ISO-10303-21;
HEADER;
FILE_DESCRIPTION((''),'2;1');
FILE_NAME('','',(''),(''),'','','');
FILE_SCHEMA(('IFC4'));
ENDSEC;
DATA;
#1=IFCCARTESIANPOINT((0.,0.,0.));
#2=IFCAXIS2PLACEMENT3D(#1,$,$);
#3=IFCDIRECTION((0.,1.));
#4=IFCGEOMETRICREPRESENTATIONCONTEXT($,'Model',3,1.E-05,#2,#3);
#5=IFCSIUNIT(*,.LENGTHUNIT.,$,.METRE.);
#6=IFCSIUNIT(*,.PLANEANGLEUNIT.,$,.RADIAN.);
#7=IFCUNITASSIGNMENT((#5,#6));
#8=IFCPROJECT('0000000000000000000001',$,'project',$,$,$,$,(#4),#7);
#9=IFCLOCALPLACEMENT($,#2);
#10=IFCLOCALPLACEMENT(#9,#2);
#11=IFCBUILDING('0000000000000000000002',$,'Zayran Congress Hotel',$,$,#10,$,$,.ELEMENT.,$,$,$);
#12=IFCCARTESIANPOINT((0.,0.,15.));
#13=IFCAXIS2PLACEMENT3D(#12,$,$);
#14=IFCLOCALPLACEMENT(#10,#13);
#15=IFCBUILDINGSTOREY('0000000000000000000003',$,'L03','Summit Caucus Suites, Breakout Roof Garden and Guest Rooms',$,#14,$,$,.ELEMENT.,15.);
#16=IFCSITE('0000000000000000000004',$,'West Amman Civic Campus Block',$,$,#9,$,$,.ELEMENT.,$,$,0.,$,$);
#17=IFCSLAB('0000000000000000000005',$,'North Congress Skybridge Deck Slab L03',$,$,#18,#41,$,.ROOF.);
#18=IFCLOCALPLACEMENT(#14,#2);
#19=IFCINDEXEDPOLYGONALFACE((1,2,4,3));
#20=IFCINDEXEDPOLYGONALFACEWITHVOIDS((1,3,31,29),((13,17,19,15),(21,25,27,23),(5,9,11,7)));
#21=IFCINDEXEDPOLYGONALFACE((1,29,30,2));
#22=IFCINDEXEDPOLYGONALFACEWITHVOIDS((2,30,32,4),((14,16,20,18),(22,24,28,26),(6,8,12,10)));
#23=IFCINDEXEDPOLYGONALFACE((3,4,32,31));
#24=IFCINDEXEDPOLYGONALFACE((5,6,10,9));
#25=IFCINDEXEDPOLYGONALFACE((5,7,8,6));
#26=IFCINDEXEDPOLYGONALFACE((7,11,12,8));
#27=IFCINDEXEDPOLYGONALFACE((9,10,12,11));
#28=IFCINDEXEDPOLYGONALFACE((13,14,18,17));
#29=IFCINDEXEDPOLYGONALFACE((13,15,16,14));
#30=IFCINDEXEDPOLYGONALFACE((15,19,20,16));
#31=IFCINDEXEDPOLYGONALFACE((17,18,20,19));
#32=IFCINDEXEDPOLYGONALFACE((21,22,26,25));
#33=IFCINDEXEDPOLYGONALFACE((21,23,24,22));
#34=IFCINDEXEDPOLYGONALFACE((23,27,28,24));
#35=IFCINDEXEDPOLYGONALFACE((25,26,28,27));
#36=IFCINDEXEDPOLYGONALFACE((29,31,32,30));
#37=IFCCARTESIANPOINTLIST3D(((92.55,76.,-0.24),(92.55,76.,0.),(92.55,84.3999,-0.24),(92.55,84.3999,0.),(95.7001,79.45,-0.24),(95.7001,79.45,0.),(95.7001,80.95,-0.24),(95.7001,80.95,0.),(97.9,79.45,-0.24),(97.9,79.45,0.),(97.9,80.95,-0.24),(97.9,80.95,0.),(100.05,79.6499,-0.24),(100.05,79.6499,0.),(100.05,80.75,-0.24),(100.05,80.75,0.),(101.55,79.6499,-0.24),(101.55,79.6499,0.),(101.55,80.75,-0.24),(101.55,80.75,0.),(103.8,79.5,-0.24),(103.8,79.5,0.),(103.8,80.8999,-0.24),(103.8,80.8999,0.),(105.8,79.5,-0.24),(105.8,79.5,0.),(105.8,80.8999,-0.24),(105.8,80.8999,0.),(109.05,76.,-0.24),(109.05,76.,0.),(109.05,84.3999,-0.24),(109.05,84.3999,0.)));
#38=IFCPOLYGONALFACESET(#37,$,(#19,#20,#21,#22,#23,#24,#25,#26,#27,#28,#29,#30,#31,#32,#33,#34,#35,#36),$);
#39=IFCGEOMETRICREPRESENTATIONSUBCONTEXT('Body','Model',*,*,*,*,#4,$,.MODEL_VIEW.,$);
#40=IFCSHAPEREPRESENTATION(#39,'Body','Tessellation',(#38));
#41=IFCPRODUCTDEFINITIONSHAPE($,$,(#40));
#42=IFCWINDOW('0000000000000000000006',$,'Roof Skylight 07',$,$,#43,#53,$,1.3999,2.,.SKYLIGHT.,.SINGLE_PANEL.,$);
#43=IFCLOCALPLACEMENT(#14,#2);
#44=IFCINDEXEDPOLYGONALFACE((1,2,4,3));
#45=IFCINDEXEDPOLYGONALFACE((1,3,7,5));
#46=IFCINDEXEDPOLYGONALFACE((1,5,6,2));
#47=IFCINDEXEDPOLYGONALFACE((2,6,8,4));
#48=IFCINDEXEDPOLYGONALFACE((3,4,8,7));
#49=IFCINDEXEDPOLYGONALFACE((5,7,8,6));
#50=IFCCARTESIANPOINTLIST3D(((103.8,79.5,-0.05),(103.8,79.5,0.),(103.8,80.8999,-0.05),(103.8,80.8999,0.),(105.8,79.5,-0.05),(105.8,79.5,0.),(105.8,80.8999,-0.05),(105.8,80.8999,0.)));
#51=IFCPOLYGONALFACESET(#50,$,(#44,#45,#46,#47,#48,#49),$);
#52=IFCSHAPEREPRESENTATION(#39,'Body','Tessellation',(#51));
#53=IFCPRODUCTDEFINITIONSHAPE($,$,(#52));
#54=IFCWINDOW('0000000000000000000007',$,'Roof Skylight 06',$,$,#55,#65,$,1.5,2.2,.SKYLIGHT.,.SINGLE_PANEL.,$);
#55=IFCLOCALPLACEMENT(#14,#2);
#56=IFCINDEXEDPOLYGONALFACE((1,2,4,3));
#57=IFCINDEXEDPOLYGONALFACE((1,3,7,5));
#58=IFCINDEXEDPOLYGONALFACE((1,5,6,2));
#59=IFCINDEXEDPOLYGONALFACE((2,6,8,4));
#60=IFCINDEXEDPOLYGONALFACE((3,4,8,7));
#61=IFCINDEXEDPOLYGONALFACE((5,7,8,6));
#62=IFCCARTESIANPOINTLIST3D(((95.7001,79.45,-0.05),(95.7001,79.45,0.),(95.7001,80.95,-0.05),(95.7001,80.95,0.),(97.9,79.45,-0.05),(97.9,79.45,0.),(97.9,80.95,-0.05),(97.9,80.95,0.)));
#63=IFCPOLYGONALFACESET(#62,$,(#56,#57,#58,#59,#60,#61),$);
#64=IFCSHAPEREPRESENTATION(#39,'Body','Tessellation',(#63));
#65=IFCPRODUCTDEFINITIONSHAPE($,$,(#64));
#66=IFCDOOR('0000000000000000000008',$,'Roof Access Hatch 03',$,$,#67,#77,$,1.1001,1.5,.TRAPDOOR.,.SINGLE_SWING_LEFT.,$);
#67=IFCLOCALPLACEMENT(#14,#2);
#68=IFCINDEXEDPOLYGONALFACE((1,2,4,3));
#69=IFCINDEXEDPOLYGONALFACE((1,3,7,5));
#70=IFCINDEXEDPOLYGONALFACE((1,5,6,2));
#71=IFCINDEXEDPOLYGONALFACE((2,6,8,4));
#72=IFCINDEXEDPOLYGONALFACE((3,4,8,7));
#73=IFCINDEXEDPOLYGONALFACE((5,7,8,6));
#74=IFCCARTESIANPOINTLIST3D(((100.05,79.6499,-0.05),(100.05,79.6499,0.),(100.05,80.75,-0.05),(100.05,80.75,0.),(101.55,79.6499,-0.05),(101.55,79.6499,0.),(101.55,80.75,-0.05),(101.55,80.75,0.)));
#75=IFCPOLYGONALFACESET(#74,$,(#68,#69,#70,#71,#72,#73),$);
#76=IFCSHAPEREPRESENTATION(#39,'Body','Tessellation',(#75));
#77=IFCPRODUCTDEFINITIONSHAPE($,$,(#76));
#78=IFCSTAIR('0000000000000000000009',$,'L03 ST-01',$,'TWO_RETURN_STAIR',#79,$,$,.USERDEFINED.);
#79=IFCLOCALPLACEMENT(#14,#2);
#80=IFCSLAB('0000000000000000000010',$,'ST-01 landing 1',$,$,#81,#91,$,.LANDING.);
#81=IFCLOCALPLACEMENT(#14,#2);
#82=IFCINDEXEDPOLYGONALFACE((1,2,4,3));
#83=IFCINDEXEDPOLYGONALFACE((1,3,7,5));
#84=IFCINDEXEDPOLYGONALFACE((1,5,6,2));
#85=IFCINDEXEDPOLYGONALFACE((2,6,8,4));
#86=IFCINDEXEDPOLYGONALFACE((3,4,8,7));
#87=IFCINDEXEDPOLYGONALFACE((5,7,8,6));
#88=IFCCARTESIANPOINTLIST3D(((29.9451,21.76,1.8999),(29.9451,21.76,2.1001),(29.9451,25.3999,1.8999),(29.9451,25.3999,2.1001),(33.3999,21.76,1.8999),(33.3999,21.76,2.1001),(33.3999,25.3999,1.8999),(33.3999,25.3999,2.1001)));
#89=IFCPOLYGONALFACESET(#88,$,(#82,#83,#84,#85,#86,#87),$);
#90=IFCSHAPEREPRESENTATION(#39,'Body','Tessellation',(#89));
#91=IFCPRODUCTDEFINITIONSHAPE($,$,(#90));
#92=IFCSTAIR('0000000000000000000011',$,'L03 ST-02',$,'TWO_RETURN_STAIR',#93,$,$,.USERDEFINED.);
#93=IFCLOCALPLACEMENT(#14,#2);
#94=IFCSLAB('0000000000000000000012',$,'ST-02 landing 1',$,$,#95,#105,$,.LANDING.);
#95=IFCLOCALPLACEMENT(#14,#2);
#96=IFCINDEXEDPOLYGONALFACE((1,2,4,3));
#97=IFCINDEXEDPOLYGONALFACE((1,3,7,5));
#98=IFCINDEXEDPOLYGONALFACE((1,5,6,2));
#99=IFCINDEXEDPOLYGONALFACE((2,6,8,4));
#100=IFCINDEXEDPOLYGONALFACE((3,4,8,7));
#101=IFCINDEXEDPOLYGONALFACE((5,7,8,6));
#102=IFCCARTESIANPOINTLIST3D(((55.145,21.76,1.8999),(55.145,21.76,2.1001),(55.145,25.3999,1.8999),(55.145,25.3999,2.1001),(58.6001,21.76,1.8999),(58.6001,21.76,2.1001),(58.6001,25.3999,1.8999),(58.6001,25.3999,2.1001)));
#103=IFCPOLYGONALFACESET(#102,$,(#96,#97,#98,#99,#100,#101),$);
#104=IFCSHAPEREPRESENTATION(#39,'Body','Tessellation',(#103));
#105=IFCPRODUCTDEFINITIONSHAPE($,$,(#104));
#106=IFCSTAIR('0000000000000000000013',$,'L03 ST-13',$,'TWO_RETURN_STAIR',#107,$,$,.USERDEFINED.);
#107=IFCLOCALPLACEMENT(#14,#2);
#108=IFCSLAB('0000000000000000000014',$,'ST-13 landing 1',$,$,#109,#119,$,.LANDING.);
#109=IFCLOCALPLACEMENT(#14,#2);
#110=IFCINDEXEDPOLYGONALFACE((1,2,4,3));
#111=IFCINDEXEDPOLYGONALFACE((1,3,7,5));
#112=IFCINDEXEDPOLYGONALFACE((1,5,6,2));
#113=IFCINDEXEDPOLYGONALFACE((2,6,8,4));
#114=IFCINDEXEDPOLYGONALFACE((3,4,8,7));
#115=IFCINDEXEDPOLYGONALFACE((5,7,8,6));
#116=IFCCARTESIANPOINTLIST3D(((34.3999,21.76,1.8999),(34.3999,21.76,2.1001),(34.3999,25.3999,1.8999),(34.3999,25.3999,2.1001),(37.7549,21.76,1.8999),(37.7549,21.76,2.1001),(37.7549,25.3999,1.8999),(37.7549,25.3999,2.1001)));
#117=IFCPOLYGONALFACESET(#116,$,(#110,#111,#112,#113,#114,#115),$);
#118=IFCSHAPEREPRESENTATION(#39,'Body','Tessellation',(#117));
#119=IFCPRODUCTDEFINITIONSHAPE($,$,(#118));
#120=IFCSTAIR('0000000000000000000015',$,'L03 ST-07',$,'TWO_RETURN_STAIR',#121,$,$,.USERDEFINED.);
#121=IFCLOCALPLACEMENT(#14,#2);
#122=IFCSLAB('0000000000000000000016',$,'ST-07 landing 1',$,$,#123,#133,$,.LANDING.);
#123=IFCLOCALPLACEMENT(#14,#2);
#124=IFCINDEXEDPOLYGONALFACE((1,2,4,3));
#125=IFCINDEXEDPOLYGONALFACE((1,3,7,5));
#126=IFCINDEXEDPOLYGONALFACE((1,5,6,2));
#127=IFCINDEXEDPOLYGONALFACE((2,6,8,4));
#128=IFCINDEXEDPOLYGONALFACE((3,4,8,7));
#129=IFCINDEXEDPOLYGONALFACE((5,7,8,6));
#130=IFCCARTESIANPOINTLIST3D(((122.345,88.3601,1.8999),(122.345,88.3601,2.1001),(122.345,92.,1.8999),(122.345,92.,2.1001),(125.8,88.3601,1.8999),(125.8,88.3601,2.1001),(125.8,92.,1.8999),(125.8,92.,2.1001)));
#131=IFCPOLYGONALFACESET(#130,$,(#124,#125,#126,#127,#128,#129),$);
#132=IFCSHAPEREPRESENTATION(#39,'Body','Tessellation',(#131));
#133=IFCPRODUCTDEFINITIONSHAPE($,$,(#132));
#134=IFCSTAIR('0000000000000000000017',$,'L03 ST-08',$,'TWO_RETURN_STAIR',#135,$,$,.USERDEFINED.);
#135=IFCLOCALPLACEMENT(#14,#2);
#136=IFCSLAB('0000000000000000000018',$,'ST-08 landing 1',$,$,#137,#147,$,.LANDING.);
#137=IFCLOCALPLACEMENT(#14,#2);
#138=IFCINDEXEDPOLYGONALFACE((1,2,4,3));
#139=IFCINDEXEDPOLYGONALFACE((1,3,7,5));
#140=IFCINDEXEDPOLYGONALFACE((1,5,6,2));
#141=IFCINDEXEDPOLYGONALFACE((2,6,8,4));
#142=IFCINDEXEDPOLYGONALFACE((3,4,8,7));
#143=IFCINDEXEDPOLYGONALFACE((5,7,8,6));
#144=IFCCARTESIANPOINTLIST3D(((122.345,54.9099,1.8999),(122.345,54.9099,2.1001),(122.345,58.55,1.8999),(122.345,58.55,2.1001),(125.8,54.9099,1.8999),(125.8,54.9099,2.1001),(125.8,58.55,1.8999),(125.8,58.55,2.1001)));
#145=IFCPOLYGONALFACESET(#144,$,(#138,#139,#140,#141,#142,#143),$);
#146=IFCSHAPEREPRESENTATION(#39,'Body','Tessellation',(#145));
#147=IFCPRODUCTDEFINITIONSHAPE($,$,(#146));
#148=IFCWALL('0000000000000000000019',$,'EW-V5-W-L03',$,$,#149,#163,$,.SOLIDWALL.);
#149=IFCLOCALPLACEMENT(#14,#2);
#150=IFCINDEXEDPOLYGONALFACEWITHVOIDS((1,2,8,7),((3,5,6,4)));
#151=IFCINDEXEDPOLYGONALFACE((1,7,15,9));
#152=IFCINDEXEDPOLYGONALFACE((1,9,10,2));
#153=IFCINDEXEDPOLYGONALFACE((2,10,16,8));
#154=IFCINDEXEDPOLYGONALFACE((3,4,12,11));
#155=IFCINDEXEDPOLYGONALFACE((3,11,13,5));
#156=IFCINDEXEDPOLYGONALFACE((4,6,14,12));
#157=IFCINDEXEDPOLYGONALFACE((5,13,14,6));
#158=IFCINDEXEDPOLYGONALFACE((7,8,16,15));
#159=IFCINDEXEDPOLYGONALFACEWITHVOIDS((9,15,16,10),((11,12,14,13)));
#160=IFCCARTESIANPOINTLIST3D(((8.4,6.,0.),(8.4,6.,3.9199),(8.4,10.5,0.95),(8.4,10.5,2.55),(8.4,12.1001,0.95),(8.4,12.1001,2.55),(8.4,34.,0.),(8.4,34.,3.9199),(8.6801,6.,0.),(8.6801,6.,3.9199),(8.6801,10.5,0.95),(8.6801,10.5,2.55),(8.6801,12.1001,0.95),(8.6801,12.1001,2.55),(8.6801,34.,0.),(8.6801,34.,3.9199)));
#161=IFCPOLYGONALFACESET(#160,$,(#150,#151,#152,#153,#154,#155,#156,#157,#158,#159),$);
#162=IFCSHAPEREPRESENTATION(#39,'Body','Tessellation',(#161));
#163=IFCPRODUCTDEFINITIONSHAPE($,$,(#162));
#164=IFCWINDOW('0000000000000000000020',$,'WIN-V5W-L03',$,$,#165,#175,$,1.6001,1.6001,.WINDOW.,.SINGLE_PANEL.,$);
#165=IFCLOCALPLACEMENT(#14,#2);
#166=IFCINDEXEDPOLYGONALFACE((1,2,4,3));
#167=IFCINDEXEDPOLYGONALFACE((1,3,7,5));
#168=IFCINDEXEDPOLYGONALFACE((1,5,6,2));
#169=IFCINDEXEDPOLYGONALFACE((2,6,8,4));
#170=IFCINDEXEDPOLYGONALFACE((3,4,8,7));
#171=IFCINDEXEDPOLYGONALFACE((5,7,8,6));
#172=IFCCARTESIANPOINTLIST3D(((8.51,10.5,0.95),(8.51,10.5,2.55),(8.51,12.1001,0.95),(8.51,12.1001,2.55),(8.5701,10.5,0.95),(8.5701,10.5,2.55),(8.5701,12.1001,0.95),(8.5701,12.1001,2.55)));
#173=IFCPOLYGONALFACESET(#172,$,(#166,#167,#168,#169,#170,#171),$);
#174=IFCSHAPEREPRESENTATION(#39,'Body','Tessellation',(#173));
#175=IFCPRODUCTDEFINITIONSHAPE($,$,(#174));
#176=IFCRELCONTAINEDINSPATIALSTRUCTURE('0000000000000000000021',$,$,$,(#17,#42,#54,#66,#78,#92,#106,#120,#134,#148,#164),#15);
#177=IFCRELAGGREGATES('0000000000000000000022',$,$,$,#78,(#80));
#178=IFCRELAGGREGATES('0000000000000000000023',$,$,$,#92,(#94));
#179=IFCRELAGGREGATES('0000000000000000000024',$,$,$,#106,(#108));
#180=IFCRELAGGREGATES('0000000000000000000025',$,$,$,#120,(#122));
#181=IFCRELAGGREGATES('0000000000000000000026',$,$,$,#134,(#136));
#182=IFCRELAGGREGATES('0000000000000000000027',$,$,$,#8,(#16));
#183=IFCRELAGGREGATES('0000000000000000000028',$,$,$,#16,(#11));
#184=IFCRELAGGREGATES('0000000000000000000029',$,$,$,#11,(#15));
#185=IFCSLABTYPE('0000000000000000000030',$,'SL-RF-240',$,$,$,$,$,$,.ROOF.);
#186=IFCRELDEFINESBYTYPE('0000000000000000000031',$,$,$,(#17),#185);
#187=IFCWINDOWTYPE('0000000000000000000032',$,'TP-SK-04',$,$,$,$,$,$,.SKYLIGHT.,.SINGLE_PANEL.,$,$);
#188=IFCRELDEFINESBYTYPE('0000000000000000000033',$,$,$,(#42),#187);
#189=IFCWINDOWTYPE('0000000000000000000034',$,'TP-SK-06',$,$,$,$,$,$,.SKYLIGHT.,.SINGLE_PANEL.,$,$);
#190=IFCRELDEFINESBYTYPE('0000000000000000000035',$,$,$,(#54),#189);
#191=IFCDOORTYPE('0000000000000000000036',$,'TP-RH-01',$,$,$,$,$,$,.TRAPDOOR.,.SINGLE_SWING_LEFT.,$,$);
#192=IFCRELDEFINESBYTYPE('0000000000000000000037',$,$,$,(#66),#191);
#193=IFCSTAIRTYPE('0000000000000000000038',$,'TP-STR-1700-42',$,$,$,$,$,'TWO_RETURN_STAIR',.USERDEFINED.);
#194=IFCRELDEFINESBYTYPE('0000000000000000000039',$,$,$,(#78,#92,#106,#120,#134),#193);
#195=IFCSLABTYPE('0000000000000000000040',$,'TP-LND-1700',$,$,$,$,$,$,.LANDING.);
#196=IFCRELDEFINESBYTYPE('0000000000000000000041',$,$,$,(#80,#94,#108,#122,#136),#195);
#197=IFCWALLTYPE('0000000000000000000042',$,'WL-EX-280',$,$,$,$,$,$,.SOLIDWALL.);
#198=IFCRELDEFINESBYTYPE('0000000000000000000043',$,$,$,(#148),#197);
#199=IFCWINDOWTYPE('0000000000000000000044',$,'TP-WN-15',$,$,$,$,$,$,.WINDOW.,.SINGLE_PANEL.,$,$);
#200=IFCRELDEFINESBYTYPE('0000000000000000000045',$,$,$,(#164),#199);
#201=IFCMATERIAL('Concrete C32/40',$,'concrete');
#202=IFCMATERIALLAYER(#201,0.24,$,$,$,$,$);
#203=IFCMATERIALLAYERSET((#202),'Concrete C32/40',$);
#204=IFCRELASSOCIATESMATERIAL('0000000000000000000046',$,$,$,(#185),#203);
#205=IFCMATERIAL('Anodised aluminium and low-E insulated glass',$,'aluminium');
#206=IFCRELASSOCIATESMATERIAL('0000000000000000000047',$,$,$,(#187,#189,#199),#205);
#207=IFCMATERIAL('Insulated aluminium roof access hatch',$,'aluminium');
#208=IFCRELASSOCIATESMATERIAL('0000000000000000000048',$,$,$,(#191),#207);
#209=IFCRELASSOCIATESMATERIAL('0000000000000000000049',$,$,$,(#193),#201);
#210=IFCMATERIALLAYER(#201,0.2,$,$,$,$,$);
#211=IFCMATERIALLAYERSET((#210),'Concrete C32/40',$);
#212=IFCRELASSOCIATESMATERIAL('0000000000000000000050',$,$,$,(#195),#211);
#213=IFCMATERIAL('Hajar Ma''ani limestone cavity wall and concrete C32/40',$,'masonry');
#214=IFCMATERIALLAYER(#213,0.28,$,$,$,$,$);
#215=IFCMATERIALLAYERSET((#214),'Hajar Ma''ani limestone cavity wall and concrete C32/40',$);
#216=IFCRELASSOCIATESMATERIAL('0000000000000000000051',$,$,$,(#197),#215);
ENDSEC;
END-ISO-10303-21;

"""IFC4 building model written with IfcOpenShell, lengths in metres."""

from ifc_helpers import new_model, si_unit, direction, frame, frame_2d, origin, origin_2d, place, context, subcontext, project, spatial, polyline, rectangle, outline, extrude, material, layer, layer_set, type_object, element, fill, aggregate, save


model = new_model("IFC4")

# Units and contexts
model_context = context("Model", 3, precision=1e-05, world=origin(), true_north=direction((0.0, 1.0)))
body_context = subcontext(model_context, "Body", "Model", "MODEL_VIEW")
ifc_project = project(units=[si_unit("LENGTHUNIT", "METRE"), si_unit("PLANEANGLEUNIT", "RADIAN")], contexts=[model_context])

# Site, building, storey
site_placement = place(None, origin())
site = spatial("IfcSite", under=ifc_project, at=site_placement, Name="West Amman Civic Campus Block", CompositionType="ELEMENT", RefElevation=0.0)
building_placement = place(site_placement, origin())
building = spatial("IfcBuilding", under=site, at=building_placement, Name="Zayran Congress Hotel", CompositionType="ELEMENT")
storey_placement = place(building_placement, frame((0.0, 0.0, 15.0)))
storey = spatial("IfcBuildingStorey", under=building, at=storey_placement, Name="L03", Description="Summit Caucus Suites, Breakout Roof Garden and Guest Rooms", CompositionType="ELEMENT", Elevation=15.0)

# Shared definitions
ifc_material_1 = material(Name="Concrete C32/40", Category="concrete")

# Slab, openings, windows, door
ifc_layer_1 = layer(ifc_material_1, 0.24)
ifc_layer_set_1 = layer_set([ifc_layer_1], Name="Concrete C32/40")
slab_type_1 = type_object("IfcSlabType", Name="SL-RF-240", PredefinedType="ROOF", material=ifc_layer_set_1)
slab_1_placement = place(storey_placement, frame((0.0, 0.0, -0.24)))
slab_1 = element("IfcSlab", 1, at=slab_1_placement, inside=storey, type_object=slab_type_1, Name="North Congress Skybridge Deck Slab L03", PredefinedType="ROOF", context=body_context, shape_type="SweptSolid", body=[
    extrude(outline(polyline([(92.55, 76.0), (109.05, 76.0), (109.05, 84.3999), (92.55, 84.3999), (92.55, 76.0)])), origin(), (0.0, 0.0, 1.0), 0.24),
])
opening_1_placement = place(slab_1_placement, frame((100.8, 80.2, -0.01), z_axis=(0.0, 0.0, 1.0), x_axis=(1.0, 0.0, 0.0)))
opening_1 = element("IfcOpeningElement", 2, at=opening_1_placement, cuts=slab_1, PredefinedType="OPENING", context=body_context, shape_type="SweptSolid", body=[
    extrude(rectangle(XDim=1.5, YDim=1.1001, at=origin_2d()), origin(), (0.0, 0.0, 1.0), 0.26),
])
opening_2_placement = place(slab_1_placement, frame((96.8, 80.2, -0.01), z_axis=(0.0, 0.0, 1.0), x_axis=(1.0, 0.0, 0.0)))
opening_2 = element("IfcOpeningElement", 3, at=opening_2_placement, cuts=slab_1, PredefinedType="OPENING", context=body_context, shape_type="SweptSolid", body=[
    extrude(rectangle(XDim=2.2, YDim=1.5, at=origin_2d()), origin(), (0.0, 0.0, 1.0), 0.26),
])
opening_3_placement = place(slab_1_placement, frame((104.8, 80.2, -0.01), z_axis=(0.0, 0.0, 1.0), x_axis=(1.0, 0.0, 0.0)))
opening_3 = element("IfcOpeningElement", 4, at=opening_3_placement, cuts=slab_1, PredefinedType="OPENING", context=body_context, shape_type="SweptSolid", body=[
    extrude(rectangle(XDim=2.0, YDim=1.3999, at=origin_2d()), origin(), (0.0, 0.0, 1.0), 0.26),
])
ifc_material_2 = material(Name="Anodised aluminium and low-E insulated glass", Category="aluminium")
window_type_1 = type_object("IfcWindowType", Name="TP-SK-04", PartitioningType="SINGLE_PANEL", PredefinedType="SKYLIGHT", material=ifc_material_2)
window_1_placement = place(opening_3_placement, frame((0.0, 0.0, 0.2)))
window_1 = element("IfcWindow", 5, at=window_1_placement, inside=storey, type_object=window_type_1, Name="Roof Skylight 07", OverallHeight=1.3999, OverallWidth=2.0, PartitioningType="SINGLE_PANEL", PredefinedType="SKYLIGHT", context=body_context, shape_type="SweptSolid", body=[
    extrude(rectangle(XDim=2.0, YDim=1.3999, at=origin_2d()), origin(), (0.0, 0.0, 1.0), 0.05),
])
fill(opening_3, window_1)
window_type_2 = type_object("IfcWindowType", Name="TP-SK-06", PartitioningType="SINGLE_PANEL", PredefinedType="SKYLIGHT", material=ifc_material_2)
window_2_placement = place(opening_2_placement, frame((0.0, 0.0, 0.2)))
window_2 = element("IfcWindow", 6, at=window_2_placement, inside=storey, type_object=window_type_2, Name="Roof Skylight 06", OverallHeight=1.5, OverallWidth=2.2, PartitioningType="SINGLE_PANEL", PredefinedType="SKYLIGHT", context=body_context, shape_type="SweptSolid", body=[
    extrude(rectangle(XDim=2.2, YDim=1.5, at=origin_2d()), origin(), (0.0, 0.0, 1.0), 0.05),
])
fill(opening_2, window_2)
ifc_material_3 = material(Name="Insulated aluminium roof access hatch", Category="aluminium")
door_type_1 = type_object("IfcDoorType", Name="TP-RH-01", OperationType="SINGLE_SWING_LEFT", PredefinedType="TRAPDOOR", material=ifc_material_3)
door_1_placement = place(opening_1_placement, frame((0.0, 0.0, 0.2)))
door_1 = element("IfcDoor", 7, at=door_1_placement, inside=storey, type_object=door_type_1, Name="Roof Access Hatch 03", OperationType="SINGLE_SWING_LEFT", OverallHeight=1.1001, OverallWidth=1.5, PredefinedType="TRAPDOOR", context=body_context, shape_type="SweptSolid", body=[
    extrude(rectangle(XDim=1.5, YDim=1.1001, at=origin_2d()), origin(), (0.0, 0.0, 1.0), 0.05),
])
fill(opening_1, door_1)

# Stairs, slabs
stair_type = type_object("IfcStairType", Name="TP-STR-1700-42", ElementType="TWO_RETURN_STAIR", PredefinedType="USERDEFINED", material=ifc_material_1)
stair_1_placement = place(storey_placement, origin())
stair_1 = element("IfcStair", 8, at=stair_1_placement, inside=storey, type_object=stair_type, Name="L03 ST-01", ObjectType="TWO_RETURN_STAIR", PredefinedType="USERDEFINED")
ifc_layer_2 = layer(ifc_material_1, 0.2)
ifc_layer_set_2 = layer_set([ifc_layer_2], Name="Concrete C32/40")
slab_type_2 = type_object("IfcSlabType", Name="TP-LND-1700", PredefinedType="LANDING", material=ifc_layer_set_2)
slab_2_placement = place(storey_placement, frame((0.0, 0.0, 1.8999)))
slab_2 = element("IfcSlab", 9, at=slab_2_placement, type_object=slab_type_2, Name="ST-01 landing 1", PredefinedType="LANDING", context=body_context, shape_type="SweptSolid", body=[
    extrude(outline(polyline([(29.9451, 21.76), (33.3999, 21.76), (33.3999, 25.3999), (29.9451, 25.3999), (29.9451, 21.76)])), origin(), (0.0, 0.0, 1.0), 0.2002),
])
aggregate(stair_1, [slab_2])
stair_2_placement = place(storey_placement, origin())
stair_2 = element("IfcStair", 10, at=stair_2_placement, inside=storey, type_object=stair_type, Name="L03 ST-02", ObjectType="TWO_RETURN_STAIR", PredefinedType="USERDEFINED")
slab_3_placement = place(storey_placement, frame((0.0, 0.0, 1.8999)))
slab_3 = element("IfcSlab", 11, at=slab_3_placement, type_object=slab_type_2, Name="ST-02 landing 1", PredefinedType="LANDING", context=body_context, shape_type="SweptSolid", body=[
    extrude(outline(polyline([(55.145, 21.76), (58.6001, 21.76), (58.6001, 25.3999), (55.145, 25.3999), (55.145, 21.76)])), origin(), (0.0, 0.0, 1.0), 0.2002),
])
aggregate(stair_2, [slab_3])
stair_3_placement = place(storey_placement, origin())
stair_3 = element("IfcStair", 12, at=stair_3_placement, inside=storey, type_object=stair_type, Name="L03 ST-13", ObjectType="TWO_RETURN_STAIR", PredefinedType="USERDEFINED")
slab_4_placement = place(storey_placement, frame((0.0, 0.0, 1.8999)))
slab_4 = element("IfcSlab", 13, at=slab_4_placement, type_object=slab_type_2, Name="ST-13 landing 1", PredefinedType="LANDING", context=body_context, shape_type="SweptSolid", body=[
    extrude(outline(polyline([(37.7549, 25.3999), (34.3999, 25.3999), (34.3999, 21.76), (37.7549, 21.76), (37.7549, 25.3999)])), origin(), (0.0, 0.0, 1.0), 0.2002),
])
aggregate(stair_3, [slab_4])
stair_4_placement = place(storey_placement, origin())
stair_4 = element("IfcStair", 14, at=stair_4_placement, inside=storey, type_object=stair_type, Name="L03 ST-07", ObjectType="TWO_RETURN_STAIR", PredefinedType="USERDEFINED")
slab_5_placement = place(storey_placement, frame((0.0, 0.0, 1.8999)))
slab_5 = element("IfcSlab", 15, at=slab_5_placement, type_object=slab_type_2, Name="ST-07 landing 1", PredefinedType="LANDING", context=body_context, shape_type="SweptSolid", body=[
    extrude(outline(polyline([(122.345, 88.3601), (125.8, 88.3601), (125.8, 92.0), (122.345, 92.0), (122.345, 88.3601)])), origin(), (0.0, 0.0, 1.0), 0.2002),
])
aggregate(stair_4, [slab_5])
stair_5_placement = place(storey_placement, origin())
stair_5 = element("IfcStair", 16, at=stair_5_placement, inside=storey, type_object=stair_type, Name="L03 ST-08", ObjectType="TWO_RETURN_STAIR", PredefinedType="USERDEFINED")
slab_6_placement = place(storey_placement, frame((0.0, 0.0, 1.8999)))
slab_6 = element("IfcSlab", 17, at=slab_6_placement, type_object=slab_type_2, Name="ST-08 landing 1", PredefinedType="LANDING", context=body_context, shape_type="SweptSolid", body=[
    extrude(outline(polyline([(122.345, 54.9099), (125.8, 54.9099), (125.8, 58.55), (122.345, 58.55), (122.345, 54.9099)])), origin(), (0.0, 0.0, 1.0), 0.2002),
])
aggregate(stair_5, [slab_6])

# Wall, opening, window
ifc_material_4 = material(Name="Hajar Ma'ani limestone cavity wall and concrete C32/40", Category="masonry")
ifc_layer_3 = layer(ifc_material_4, 0.28)
ifc_layer_set_3 = layer_set([ifc_layer_3], Name="Hajar Ma'ani limestone cavity wall and concrete C32/40")
wall_type_1 = type_object("IfcWallType", Name="WL-EX-280", PredefinedType="SOLIDWALL", material=ifc_layer_set_3)
wall_1_placement = place(storey_placement, frame((8.54, 6.0, 0.0), z_axis=(0.0, 0.0, 1.0), x_axis=(0.0, 1.0, 0.0)))
wall_1 = element("IfcWall", 18, at=wall_1_placement, inside=storey, type_object=wall_type_1, Name="EW-V5-W-L03", PredefinedType="SOLIDWALL", context=body_context, shape_type="SweptSolid", body=[
    extrude(rectangle(XDim=28.0, YDim=0.28, at=frame_2d((14.0, 0.0))), origin(), (0.0, 0.0, 1.0), 3.9199),
])
opening_4_placement = place(wall_1_placement, frame((4.5, 0.0, 0.95)))
opening_4 = element("IfcOpeningElement", 19, at=opening_4_placement, cuts=wall_1, PredefinedType="OPENING", context=body_context, shape_type="SweptSolid", body=[
    extrude(rectangle(XDim=1.6001, YDim=1.6001, at=frame_2d((0.8, 0.8))), frame((0.0, 0.1499, 0.0), z_axis=(0.0, -1.0, 0.0), x_axis=(1.0, 0.0, 0.0)), (0.0, 0.0, 1.0), 0.3),
])
window_type_3 = type_object("IfcWindowType", Name="TP-WN-15", PartitioningType="SINGLE_PANEL", PredefinedType="WINDOW", material=ifc_material_2)
window_3_placement = place(opening_4_placement, origin())
window_3 = element("IfcWindow", 20, at=window_3_placement, inside=storey, type_object=window_type_3, Name="WIN-V5W-L03", OverallHeight=1.6001, OverallWidth=1.6001, PartitioningType="SINGLE_PANEL", PredefinedType="WINDOW", context=body_context, shape_type="SweptSolid", body=[
    extrude(rectangle(XDim=1.6001, YDim=1.6001, at=frame_2d((0.8, 0.8))), frame((0.0, 0.03, 0.0), z_axis=(0.0, -1.0, 0.0), x_axis=(1.0, 0.0, 0.0)), (0.0, 0.0, 1.0), 0.0601),
])
fill(opening_4, window_3)

save(model, "model.ifc")
